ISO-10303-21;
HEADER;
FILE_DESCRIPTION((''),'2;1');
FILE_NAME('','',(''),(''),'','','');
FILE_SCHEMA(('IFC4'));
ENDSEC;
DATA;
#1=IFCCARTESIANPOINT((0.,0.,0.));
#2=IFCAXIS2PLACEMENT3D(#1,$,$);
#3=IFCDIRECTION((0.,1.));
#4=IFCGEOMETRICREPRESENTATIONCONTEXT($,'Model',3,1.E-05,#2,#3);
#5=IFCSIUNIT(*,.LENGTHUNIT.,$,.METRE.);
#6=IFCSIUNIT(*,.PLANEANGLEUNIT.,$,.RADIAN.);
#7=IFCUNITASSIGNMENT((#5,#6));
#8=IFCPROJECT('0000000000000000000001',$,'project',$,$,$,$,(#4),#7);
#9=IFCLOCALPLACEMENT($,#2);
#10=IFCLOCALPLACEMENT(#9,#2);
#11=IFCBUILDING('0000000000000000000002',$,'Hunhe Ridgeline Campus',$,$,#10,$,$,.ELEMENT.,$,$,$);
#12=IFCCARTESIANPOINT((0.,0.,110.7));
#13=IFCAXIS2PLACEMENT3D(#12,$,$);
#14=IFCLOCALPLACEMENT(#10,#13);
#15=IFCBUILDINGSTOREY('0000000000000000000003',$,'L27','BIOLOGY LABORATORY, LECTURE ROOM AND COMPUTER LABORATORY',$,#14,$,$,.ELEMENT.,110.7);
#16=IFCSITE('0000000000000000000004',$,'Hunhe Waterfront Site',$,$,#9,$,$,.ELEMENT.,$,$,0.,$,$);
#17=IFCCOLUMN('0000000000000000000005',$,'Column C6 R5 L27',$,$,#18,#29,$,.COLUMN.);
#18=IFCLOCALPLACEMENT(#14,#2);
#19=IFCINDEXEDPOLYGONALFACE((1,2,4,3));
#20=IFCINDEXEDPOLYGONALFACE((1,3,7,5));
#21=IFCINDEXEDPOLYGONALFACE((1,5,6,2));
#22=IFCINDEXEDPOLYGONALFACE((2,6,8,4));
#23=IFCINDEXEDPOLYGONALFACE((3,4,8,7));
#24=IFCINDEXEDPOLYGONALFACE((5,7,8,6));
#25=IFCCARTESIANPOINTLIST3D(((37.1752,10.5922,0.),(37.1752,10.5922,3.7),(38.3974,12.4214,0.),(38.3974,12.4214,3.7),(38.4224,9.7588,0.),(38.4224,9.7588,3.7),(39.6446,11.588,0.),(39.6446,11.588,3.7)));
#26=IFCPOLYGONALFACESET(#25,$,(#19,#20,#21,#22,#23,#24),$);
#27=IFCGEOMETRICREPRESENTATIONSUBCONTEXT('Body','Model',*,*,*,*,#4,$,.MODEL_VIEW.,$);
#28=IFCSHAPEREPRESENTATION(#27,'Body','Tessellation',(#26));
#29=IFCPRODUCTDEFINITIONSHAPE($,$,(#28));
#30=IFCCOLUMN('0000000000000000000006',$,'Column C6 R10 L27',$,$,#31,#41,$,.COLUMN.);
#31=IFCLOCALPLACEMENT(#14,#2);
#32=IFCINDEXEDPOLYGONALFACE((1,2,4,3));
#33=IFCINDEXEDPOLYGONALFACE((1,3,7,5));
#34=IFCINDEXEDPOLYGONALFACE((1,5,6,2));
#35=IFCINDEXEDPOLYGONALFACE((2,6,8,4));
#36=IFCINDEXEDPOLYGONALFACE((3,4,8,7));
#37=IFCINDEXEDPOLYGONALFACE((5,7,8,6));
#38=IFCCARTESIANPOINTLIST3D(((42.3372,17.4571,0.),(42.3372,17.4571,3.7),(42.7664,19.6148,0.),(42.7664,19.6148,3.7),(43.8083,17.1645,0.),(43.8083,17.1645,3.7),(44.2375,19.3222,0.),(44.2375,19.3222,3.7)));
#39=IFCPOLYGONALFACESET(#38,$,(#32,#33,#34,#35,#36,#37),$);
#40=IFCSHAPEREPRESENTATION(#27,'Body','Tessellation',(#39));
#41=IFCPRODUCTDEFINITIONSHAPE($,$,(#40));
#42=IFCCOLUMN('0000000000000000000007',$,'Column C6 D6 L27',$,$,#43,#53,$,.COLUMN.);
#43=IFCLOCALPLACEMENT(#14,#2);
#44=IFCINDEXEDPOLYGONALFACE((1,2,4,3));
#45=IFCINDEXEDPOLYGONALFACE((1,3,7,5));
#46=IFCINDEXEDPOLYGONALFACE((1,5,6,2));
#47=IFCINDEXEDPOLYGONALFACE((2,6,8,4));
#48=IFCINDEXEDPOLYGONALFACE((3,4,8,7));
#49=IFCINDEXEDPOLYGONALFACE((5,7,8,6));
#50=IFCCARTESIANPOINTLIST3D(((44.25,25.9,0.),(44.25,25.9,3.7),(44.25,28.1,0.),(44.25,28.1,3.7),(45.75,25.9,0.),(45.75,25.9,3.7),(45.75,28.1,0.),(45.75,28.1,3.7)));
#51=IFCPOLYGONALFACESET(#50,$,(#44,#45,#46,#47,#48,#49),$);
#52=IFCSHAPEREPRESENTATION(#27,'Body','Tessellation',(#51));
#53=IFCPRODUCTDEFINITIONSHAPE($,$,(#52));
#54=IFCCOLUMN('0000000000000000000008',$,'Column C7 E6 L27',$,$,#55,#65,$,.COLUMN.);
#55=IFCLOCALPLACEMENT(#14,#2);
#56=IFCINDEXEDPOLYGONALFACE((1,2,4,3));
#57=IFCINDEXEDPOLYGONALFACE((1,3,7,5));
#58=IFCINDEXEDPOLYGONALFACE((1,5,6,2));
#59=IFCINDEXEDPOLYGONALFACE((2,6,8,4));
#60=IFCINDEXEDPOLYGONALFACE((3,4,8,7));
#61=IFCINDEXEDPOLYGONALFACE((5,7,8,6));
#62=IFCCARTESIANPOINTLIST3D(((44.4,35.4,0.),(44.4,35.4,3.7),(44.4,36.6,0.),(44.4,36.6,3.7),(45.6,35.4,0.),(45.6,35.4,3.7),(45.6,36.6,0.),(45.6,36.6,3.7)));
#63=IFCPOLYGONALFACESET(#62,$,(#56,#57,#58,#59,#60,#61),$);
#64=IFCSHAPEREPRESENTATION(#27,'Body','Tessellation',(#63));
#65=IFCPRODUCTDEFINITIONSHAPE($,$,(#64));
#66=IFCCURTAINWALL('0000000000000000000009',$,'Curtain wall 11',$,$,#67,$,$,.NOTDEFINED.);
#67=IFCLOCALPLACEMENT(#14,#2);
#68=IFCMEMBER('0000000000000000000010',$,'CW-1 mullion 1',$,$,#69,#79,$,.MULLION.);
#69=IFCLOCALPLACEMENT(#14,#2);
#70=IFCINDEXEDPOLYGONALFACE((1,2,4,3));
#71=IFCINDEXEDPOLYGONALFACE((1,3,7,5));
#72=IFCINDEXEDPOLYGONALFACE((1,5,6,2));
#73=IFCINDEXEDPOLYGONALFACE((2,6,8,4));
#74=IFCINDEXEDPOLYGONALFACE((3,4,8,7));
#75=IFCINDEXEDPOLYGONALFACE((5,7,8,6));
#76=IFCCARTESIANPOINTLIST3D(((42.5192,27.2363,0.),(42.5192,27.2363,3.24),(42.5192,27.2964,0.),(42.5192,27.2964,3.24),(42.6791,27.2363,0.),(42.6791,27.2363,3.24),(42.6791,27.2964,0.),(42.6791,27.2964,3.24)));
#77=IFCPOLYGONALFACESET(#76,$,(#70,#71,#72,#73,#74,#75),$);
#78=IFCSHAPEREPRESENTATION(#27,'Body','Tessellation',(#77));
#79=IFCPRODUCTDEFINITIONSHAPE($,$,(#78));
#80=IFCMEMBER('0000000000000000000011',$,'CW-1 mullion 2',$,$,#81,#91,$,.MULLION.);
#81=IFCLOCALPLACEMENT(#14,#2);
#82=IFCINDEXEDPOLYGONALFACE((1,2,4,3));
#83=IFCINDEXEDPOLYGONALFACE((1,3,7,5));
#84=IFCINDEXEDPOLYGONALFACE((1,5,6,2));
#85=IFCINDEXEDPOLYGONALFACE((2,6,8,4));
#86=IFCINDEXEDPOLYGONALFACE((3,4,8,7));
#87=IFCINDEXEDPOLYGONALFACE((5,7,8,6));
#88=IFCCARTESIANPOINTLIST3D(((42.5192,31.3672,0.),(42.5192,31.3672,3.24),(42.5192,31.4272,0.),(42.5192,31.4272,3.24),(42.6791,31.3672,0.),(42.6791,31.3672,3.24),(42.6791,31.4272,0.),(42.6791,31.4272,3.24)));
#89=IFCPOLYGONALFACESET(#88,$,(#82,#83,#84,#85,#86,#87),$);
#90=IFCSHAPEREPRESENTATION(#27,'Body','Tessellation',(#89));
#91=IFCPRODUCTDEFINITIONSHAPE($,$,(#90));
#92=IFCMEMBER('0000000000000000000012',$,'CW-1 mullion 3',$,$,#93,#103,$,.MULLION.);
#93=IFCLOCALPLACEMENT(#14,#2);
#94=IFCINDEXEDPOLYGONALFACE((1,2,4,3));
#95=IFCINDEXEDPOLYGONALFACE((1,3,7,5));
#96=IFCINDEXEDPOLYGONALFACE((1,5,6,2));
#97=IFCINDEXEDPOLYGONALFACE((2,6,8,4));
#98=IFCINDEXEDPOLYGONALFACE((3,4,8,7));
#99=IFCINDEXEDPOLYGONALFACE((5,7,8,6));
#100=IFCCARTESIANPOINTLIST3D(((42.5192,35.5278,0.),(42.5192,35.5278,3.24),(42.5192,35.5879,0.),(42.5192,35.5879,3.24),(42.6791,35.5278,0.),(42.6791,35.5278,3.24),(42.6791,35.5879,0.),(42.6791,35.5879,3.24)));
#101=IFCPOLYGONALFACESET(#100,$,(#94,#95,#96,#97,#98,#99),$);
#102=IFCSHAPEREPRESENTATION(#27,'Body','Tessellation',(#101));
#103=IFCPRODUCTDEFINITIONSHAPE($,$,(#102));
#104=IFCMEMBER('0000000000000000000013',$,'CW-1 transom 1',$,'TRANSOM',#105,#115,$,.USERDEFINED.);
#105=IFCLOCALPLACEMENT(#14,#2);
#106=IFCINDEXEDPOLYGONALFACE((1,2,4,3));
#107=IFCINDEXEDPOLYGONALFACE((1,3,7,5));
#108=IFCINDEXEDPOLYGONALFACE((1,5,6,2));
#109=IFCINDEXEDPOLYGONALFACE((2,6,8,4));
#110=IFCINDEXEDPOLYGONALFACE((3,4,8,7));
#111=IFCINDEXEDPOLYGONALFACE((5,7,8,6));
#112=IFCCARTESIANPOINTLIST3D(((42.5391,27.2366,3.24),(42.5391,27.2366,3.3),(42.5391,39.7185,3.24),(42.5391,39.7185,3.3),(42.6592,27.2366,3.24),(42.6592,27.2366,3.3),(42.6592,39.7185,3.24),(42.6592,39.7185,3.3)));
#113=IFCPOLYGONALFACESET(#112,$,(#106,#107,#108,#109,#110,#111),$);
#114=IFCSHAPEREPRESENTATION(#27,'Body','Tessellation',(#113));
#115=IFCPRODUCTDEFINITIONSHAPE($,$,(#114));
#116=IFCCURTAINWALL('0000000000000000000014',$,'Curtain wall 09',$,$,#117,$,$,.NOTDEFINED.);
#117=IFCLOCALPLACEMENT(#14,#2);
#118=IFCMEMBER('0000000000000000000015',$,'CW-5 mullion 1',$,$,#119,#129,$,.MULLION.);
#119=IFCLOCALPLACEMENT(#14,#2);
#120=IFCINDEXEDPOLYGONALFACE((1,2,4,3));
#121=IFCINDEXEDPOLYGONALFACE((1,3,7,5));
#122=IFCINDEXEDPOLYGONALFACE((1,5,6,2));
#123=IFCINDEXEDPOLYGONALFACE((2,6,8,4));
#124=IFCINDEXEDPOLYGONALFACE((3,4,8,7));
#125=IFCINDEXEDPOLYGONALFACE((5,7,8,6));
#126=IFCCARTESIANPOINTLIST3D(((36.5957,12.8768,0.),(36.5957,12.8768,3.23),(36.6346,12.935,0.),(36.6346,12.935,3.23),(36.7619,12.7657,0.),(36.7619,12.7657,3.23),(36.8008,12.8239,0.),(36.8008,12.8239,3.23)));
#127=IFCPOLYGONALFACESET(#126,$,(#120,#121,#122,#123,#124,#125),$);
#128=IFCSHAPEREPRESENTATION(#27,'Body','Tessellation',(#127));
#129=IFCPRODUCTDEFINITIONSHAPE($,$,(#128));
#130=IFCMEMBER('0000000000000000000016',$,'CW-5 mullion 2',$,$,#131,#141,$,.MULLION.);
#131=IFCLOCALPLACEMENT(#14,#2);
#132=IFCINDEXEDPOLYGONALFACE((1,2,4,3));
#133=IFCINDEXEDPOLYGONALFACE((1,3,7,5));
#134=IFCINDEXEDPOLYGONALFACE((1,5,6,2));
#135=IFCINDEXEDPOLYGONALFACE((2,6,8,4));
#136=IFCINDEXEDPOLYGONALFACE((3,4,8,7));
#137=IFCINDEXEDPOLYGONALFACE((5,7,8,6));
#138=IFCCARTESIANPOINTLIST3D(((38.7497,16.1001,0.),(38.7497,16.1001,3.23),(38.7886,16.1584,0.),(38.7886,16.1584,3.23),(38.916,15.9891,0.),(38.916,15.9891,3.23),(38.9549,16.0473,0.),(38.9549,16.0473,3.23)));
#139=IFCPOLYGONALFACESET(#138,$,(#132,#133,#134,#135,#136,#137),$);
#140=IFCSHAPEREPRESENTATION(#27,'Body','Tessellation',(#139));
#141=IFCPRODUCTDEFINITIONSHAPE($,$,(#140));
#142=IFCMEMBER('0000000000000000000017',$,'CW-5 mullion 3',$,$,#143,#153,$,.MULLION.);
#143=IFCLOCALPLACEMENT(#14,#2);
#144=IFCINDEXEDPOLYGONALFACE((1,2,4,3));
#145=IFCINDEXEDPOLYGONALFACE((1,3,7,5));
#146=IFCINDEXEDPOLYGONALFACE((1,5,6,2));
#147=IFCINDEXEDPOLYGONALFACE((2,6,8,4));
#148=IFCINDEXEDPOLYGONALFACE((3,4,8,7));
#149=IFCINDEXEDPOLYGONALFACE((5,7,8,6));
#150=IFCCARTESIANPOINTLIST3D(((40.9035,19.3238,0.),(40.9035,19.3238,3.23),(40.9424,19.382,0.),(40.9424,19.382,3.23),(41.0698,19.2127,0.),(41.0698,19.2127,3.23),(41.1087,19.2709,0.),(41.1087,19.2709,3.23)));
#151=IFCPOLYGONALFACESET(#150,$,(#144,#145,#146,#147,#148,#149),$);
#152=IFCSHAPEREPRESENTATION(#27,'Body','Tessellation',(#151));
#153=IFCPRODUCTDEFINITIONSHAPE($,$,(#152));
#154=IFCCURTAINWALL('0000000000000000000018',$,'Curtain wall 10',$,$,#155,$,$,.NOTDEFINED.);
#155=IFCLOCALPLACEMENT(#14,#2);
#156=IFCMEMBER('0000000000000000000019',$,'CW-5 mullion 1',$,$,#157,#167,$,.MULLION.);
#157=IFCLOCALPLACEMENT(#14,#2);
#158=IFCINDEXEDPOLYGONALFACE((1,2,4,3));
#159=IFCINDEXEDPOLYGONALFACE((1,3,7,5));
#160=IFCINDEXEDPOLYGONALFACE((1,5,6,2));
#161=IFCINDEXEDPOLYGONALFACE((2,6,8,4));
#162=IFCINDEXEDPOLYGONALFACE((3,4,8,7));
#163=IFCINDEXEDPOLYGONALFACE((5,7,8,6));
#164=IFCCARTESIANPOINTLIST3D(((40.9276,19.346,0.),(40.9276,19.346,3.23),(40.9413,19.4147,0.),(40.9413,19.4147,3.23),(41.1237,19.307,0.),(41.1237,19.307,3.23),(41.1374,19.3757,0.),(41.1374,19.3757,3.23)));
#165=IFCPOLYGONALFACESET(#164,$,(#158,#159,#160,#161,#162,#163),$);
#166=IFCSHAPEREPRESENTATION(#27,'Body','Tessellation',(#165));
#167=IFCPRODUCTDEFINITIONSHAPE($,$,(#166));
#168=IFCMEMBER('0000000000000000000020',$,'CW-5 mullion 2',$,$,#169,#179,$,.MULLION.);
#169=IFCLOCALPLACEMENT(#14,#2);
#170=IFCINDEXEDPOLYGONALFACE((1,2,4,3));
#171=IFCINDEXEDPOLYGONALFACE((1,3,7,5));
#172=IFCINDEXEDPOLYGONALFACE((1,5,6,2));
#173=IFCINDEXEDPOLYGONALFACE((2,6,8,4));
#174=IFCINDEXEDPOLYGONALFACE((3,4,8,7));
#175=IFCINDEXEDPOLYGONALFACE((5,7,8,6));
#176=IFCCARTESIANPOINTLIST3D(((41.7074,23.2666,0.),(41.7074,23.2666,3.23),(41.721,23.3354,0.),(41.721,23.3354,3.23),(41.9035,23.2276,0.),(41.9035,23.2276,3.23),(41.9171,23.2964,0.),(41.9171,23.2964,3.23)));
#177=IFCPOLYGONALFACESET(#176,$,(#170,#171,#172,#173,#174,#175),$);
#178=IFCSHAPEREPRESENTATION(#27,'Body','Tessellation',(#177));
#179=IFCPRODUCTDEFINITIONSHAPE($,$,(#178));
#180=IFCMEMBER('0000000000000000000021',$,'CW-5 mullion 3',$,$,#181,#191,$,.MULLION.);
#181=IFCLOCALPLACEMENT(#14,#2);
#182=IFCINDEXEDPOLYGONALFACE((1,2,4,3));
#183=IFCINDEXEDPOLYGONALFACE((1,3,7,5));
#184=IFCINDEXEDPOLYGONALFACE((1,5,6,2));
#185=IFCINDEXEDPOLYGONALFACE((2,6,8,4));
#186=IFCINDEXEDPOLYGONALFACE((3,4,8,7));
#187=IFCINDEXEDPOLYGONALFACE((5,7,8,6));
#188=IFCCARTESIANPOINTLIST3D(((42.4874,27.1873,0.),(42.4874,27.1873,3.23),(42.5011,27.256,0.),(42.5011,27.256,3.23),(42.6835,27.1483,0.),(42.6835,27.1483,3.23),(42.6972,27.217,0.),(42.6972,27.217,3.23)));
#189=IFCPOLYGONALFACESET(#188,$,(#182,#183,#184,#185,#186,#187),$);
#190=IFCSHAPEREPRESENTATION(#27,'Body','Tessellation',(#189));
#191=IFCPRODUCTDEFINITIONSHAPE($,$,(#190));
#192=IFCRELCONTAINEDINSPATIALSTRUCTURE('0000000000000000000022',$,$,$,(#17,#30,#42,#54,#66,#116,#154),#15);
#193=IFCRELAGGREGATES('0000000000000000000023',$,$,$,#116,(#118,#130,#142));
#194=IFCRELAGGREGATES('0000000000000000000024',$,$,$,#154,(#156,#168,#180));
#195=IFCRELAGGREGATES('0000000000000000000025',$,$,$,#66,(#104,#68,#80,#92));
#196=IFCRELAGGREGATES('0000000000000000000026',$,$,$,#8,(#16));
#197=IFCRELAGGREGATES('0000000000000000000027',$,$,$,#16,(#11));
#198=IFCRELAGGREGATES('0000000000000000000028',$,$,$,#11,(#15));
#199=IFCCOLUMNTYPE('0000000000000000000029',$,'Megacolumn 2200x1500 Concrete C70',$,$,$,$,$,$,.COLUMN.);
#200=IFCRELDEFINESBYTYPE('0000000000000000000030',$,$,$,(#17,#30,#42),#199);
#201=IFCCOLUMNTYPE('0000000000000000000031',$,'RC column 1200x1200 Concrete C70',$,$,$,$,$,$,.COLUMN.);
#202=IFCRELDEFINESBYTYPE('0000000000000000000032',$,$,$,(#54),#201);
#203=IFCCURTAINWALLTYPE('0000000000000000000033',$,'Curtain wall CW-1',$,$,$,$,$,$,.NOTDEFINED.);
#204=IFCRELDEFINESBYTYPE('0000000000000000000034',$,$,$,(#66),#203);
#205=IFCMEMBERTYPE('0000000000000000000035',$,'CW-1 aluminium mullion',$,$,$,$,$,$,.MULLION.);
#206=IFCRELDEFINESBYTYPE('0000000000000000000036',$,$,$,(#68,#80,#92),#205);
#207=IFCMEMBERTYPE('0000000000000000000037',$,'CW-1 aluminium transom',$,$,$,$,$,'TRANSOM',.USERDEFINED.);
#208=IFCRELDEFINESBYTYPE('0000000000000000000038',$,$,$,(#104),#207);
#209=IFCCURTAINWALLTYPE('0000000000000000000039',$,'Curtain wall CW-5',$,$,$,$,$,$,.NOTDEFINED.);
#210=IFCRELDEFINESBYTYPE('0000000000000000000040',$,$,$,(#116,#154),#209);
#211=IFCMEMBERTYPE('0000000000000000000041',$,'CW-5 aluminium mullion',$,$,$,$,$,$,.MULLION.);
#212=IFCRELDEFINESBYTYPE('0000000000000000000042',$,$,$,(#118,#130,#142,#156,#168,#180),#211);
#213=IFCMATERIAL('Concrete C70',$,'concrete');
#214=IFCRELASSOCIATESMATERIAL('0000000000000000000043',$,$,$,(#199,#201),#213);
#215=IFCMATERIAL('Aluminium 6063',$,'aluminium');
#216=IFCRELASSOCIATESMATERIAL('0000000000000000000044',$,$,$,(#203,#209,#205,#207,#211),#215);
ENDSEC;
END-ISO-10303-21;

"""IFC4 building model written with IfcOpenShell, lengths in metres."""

from ifc_helpers import new_model, si_unit, direction, frame, origin, origin_2d, place, context, subcontext, project, spatial, rectangle, extrude, material, material_profile, profile_set, type_object, element, aggregate, save


model = new_model("IFC4")

# Units and contexts
model_context = context("Model", 3, precision=1e-05, world=origin(), true_north=direction((0.0, 1.0)))
body_context = subcontext(model_context, "Body", "Model", "MODEL_VIEW")
ifc_project = project(units=[si_unit("LENGTHUNIT", "METRE"), si_unit("PLANEANGLEUNIT", "RADIAN")], contexts=[model_context])

# Site, building, storey
site_placement = place(None, origin())
site = spatial("IfcSite", under=ifc_project, at=site_placement, Name="Hunhe Waterfront Site", CompositionType="ELEMENT", RefElevation=0.0)
building_placement = place(site_placement, origin())
building = spatial("IfcBuilding", under=site, at=building_placement, Name="Hunhe Ridgeline Campus", CompositionType="ELEMENT")
storey_placement = place(building_placement, frame((0.0, 0.0, 110.7)))
storey = spatial("IfcBuildingStorey", under=building, at=storey_placement, Name="L27", Description="BIOLOGY LABORATORY, LECTURE ROOM AND COMPUTER LABORATORY", CompositionType="ELEMENT", Elevation=110.7)

# Columns
ifc_material_1 = material(Name="Concrete C70", Category="concrete")
ifc_material_profile_1 = material_profile(ifc_material_1, rectangle(XDim=2.2, YDim=1.5, at=origin_2d()))
ifc_profile_set_1 = profile_set([ifc_material_profile_1], Name="Concrete C70")
column_type_1 = type_object("IfcColumnType", Name="Megacolumn 2200x1500 Concrete C70", PredefinedType="COLUMN", material=ifc_profile_set_1)
for number, where, z_axis, x_axis, name in (
    (1, (38.4099, 11.0901, 0.0), (0.0, 0.0, 1.0), (0.55557, 0.83147, 0.0), "Column C6 R5 L27"),
    (2, (43.2874, 18.3896, 0.0), (0.0, 0.0, 1.0), (0.19509, 0.980785, 0.0), "Column C6 R10 L27"),
    (3, (45.0, 27.0, 0.0), (0.0, 0.0, 1.0), (0.0, 1.0, 0.0), "Column C6 D6 L27"),
):
    element("IfcColumn", number, at=place(storey_placement, frame(where, z_axis=z_axis, x_axis=x_axis)), inside=storey, type_object=column_type_1, Name=name, PredefinedType="COLUMN", context=body_context, shape_type="SweptSolid", body=[
        extrude(rectangle(XDim=2.2, YDim=1.5, at=origin_2d()), origin(), (0.0, 0.0, 1.0), 3.7),
    ])
ifc_material_profile_2 = material_profile(ifc_material_1, rectangle(XDim=1.2, YDim=1.2, at=origin_2d()))
ifc_profile_set_2 = profile_set([ifc_material_profile_2], Name="Concrete C70")
column_type_2 = type_object("IfcColumnType", Name="RC column 1200x1200 Concrete C70", PredefinedType="COLUMN", material=ifc_profile_set_2)
column_placement = place(storey_placement, frame((45.0, 36.0, 0.0), z_axis=(0.0, 0.0, 1.0), x_axis=(1.0, 0.0, 0.0)))
element("IfcColumn", 4, at=column_placement, inside=storey, type_object=column_type_2, Name="Column C7 E6 L27", PredefinedType="COLUMN", context=body_context, shape_type="SweptSolid", body=[
    extrude(rectangle(XDim=1.2, YDim=1.2, at=origin_2d()), origin(), (0.0, 0.0, 1.0), 3.7),
])

# Curtain walls, members
ifc_material_2 = material(Name="Aluminium 6063", Category="aluminium")
curtain_wall_type_1 = type_object("IfcCurtainWallType", Name="Curtain wall CW-1", PredefinedType="NOTDEFINED", material=ifc_material_2)
curtain_wall_1_placement = place(storey_placement, origin())
curtain_wall_1 = element("IfcCurtainWall", 5, at=curtain_wall_1_placement, inside=storey, type_object=curtain_wall_type_1, Name="Curtain wall 11", PredefinedType="NOTDEFINED")
ifc_material_profile_3 = material_profile(ifc_material_2, rectangle(XDim=0.1599, YDim=0.0601, at=origin_2d()))
ifc_profile_set_3 = profile_set([ifc_material_profile_3], Name="Aluminium 6063")
member_type_1 = type_object("IfcMemberType", Name="CW-1 aluminium mullion", PredefinedType="MULLION", material=ifc_profile_set_3)
member_1_placement = place(storey_placement, frame((42.5991, 27.2664, 0.0), z_axis=(0.0, 0.0, 1.0), x_axis=(-1.0, 0.000011, 0.0)))
member_1 = element("IfcMember", 6, at=member_1_placement, type_object=member_type_1, Name="CW-1 mullion 1", PredefinedType="MULLION", context=body_context, shape_type="SweptSolid", body=[
    extrude(rectangle(XDim=0.1599, YDim=0.0601, at=origin_2d()), origin(), (0.0, 0.0, 1.0), 3.24),
])
member_2_placement = place(storey_placement, frame((42.5991, 31.3972, 0.0), z_axis=(0.0, 0.0, 1.0), x_axis=(-1.0, 0.000011, 0.0)))
member_2 = element("IfcMember", 7, at=member_2_placement, type_object=member_type_1, Name="CW-1 mullion 2", PredefinedType="MULLION", context=body_context, shape_type="SweptSolid", body=[
    extrude(rectangle(XDim=0.1599, YDim=0.0601, at=origin_2d()), origin(), (0.0, 0.0, 1.0), 3.24),
])
member_3_placement = place(storey_placement, frame((42.5991, 35.5579, 0.0), z_axis=(0.0, 0.0, 1.0), x_axis=(-1.0, 0.000011, 0.0)))
member_3 = element("IfcMember", 8, at=member_3_placement, type_object=member_type_1, Name="CW-1 mullion 3", PredefinedType="MULLION", context=body_context, shape_type="SweptSolid", body=[
    extrude(rectangle(XDim=0.1599, YDim=0.0601, at=origin_2d()), origin(), (0.0, 0.0, 1.0), 3.24),
])
ifc_material_profile_4 = material_profile(ifc_material_2, rectangle(XDim=0.1201, YDim=0.0601, at=origin_2d()))
ifc_profile_set_4 = profile_set([ifc_material_profile_4], Name="Aluminium 6063")
member_type_2 = type_object("IfcMemberType", Name="CW-1 aluminium transom", ElementType="TRANSOM", PredefinedType="USERDEFINED", material=ifc_profile_set_4)
member_4_placement = place(storey_placement, frame((42.5991, 27.2366, 3.27), z_axis=(0.0, 1.0, 0.0), x_axis=(-1.0, 0.0, 0.0)))
member_4 = element("IfcMember", 9, at=member_4_placement, type_object=member_type_2, Name="CW-1 transom 1", ObjectType="TRANSOM", PredefinedType="USERDEFINED", context=body_context, shape_type="SweptSolid", body=[
    extrude(rectangle(XDim=0.1201, YDim=0.0601, at=origin_2d()), origin(), (0.0, 0.0, 1.0), 12.4819),
])
curtain_wall_type_2 = type_object("IfcCurtainWallType", Name="Curtain wall CW-5", PredefinedType="NOTDEFINED", material=ifc_material_2)
curtain_wall_2_placement = place(storey_placement, origin())
curtain_wall_2 = element("IfcCurtainWall", 10, at=curtain_wall_2_placement, inside=storey, type_object=curtain_wall_type_2, Name="Curtain wall 09", PredefinedType="NOTDEFINED")
ifc_material_profile_5 = material_profile(ifc_material_2, rectangle(XDim=0.2, YDim=0.0701, at=origin_2d()))
ifc_profile_set_5 = profile_set([ifc_material_profile_5], Name="Aluminium 6063")
member_type_3 = type_object("IfcMemberType", Name="CW-5 aluminium mullion", PredefinedType="MULLION", material=ifc_profile_set_5)
member_5_placement = place(storey_placement, frame((36.6982, 12.8503, 0.0), z_axis=(0.0, 0.0, 1.0), x_axis=(-0.83147, 0.55557, 0.0)))
member_5 = element("IfcMember", 11, at=member_5_placement, type_object=member_type_3, Name="CW-5 mullion 1", PredefinedType="MULLION", context=body_context, shape_type="SweptSolid", body=[
    extrude(rectangle(XDim=0.2, YDim=0.0701, at=origin_2d()), origin(), (0.0, 0.0, 1.0), 3.23),
])
member_6_placement = place(storey_placement, frame((38.8523, 16.0737, 0.0), z_axis=(0.0, 0.0, 1.0), x_axis=(-0.83147, 0.55557, 0.0)))
member_6 = element("IfcMember", 12, at=member_6_placement, type_object=member_type_3, Name="CW-5 mullion 2", PredefinedType="MULLION", context=body_context, shape_type="SweptSolid", body=[
    extrude(rectangle(XDim=0.2, YDim=0.0701, at=origin_2d()), origin(), (0.0, 0.0, 1.0), 3.23),
])
member_7_placement = place(storey_placement, frame((41.0061, 19.2974, 0.0), z_axis=(0.0, 0.0, 1.0), x_axis=(-0.83147, 0.55557, 0.0)))
member_7 = element("IfcMember", 13, at=member_7_placement, type_object=member_type_3, Name="CW-5 mullion 3", PredefinedType="MULLION", context=body_context, shape_type="SweptSolid", body=[
    extrude(rectangle(XDim=0.2, YDim=0.0701, at=origin_2d()), origin(), (0.0, 0.0, 1.0), 3.23),
])
curtain_wall_3_placement = place(storey_placement, origin())
curtain_wall_3 = element("IfcCurtainWall", 14, at=curtain_wall_3_placement, inside=storey, type_object=curtain_wall_type_2, Name="Curtain wall 10", PredefinedType="NOTDEFINED")
member_8_placement = place(storey_placement, frame((41.0325, 19.3608, 0.0), z_axis=(0.0, 0.0, 1.0), x_axis=(-0.980785, 0.19509, 0.0)))
member_8 = element("IfcMember", 15, at=member_8_placement, type_object=member_type_3, Name="CW-5 mullion 1", PredefinedType="MULLION", context=body_context, shape_type="SweptSolid", body=[
    extrude(rectangle(XDim=0.2, YDim=0.0701, at=origin_2d()), origin(), (0.0, 0.0, 1.0), 3.23),
])
member_9_placement = place(storey_placement, frame((41.8123, 23.2815, 0.0), z_axis=(0.0, 0.0, 1.0), x_axis=(-0.980785, 0.19509, 0.0)))
member_9 = element("IfcMember", 16, at=member_9_placement, type_object=member_type_3, Name="CW-5 mullion 2", PredefinedType="MULLION", context=body_context, shape_type="SweptSolid", body=[
    extrude(rectangle(XDim=0.2, YDim=0.0701, at=origin_2d()), origin(), (0.0, 0.0, 1.0), 3.23),
])
member_10_placement = place(storey_placement, frame((42.5923, 27.2021, 0.0), z_axis=(0.0, 0.0, 1.0), x_axis=(-0.980785, 0.19509, 0.0)))
member_10 = element("IfcMember", 17, at=member_10_placement, type_object=member_type_3, Name="CW-5 mullion 3", PredefinedType="MULLION", context=body_context, shape_type="SweptSolid", body=[
    extrude(rectangle(XDim=0.2, YDim=0.0701, at=origin_2d()), origin(), (0.0, 0.0, 1.0), 3.23),
])

aggregate(curtain_wall_2, [member_5, member_6, member_7])
aggregate(curtain_wall_3, [member_8, member_9, member_10])
aggregate(curtain_wall_1, [member_4, member_1, member_2, member_3])

save(model, "model.ifc")
